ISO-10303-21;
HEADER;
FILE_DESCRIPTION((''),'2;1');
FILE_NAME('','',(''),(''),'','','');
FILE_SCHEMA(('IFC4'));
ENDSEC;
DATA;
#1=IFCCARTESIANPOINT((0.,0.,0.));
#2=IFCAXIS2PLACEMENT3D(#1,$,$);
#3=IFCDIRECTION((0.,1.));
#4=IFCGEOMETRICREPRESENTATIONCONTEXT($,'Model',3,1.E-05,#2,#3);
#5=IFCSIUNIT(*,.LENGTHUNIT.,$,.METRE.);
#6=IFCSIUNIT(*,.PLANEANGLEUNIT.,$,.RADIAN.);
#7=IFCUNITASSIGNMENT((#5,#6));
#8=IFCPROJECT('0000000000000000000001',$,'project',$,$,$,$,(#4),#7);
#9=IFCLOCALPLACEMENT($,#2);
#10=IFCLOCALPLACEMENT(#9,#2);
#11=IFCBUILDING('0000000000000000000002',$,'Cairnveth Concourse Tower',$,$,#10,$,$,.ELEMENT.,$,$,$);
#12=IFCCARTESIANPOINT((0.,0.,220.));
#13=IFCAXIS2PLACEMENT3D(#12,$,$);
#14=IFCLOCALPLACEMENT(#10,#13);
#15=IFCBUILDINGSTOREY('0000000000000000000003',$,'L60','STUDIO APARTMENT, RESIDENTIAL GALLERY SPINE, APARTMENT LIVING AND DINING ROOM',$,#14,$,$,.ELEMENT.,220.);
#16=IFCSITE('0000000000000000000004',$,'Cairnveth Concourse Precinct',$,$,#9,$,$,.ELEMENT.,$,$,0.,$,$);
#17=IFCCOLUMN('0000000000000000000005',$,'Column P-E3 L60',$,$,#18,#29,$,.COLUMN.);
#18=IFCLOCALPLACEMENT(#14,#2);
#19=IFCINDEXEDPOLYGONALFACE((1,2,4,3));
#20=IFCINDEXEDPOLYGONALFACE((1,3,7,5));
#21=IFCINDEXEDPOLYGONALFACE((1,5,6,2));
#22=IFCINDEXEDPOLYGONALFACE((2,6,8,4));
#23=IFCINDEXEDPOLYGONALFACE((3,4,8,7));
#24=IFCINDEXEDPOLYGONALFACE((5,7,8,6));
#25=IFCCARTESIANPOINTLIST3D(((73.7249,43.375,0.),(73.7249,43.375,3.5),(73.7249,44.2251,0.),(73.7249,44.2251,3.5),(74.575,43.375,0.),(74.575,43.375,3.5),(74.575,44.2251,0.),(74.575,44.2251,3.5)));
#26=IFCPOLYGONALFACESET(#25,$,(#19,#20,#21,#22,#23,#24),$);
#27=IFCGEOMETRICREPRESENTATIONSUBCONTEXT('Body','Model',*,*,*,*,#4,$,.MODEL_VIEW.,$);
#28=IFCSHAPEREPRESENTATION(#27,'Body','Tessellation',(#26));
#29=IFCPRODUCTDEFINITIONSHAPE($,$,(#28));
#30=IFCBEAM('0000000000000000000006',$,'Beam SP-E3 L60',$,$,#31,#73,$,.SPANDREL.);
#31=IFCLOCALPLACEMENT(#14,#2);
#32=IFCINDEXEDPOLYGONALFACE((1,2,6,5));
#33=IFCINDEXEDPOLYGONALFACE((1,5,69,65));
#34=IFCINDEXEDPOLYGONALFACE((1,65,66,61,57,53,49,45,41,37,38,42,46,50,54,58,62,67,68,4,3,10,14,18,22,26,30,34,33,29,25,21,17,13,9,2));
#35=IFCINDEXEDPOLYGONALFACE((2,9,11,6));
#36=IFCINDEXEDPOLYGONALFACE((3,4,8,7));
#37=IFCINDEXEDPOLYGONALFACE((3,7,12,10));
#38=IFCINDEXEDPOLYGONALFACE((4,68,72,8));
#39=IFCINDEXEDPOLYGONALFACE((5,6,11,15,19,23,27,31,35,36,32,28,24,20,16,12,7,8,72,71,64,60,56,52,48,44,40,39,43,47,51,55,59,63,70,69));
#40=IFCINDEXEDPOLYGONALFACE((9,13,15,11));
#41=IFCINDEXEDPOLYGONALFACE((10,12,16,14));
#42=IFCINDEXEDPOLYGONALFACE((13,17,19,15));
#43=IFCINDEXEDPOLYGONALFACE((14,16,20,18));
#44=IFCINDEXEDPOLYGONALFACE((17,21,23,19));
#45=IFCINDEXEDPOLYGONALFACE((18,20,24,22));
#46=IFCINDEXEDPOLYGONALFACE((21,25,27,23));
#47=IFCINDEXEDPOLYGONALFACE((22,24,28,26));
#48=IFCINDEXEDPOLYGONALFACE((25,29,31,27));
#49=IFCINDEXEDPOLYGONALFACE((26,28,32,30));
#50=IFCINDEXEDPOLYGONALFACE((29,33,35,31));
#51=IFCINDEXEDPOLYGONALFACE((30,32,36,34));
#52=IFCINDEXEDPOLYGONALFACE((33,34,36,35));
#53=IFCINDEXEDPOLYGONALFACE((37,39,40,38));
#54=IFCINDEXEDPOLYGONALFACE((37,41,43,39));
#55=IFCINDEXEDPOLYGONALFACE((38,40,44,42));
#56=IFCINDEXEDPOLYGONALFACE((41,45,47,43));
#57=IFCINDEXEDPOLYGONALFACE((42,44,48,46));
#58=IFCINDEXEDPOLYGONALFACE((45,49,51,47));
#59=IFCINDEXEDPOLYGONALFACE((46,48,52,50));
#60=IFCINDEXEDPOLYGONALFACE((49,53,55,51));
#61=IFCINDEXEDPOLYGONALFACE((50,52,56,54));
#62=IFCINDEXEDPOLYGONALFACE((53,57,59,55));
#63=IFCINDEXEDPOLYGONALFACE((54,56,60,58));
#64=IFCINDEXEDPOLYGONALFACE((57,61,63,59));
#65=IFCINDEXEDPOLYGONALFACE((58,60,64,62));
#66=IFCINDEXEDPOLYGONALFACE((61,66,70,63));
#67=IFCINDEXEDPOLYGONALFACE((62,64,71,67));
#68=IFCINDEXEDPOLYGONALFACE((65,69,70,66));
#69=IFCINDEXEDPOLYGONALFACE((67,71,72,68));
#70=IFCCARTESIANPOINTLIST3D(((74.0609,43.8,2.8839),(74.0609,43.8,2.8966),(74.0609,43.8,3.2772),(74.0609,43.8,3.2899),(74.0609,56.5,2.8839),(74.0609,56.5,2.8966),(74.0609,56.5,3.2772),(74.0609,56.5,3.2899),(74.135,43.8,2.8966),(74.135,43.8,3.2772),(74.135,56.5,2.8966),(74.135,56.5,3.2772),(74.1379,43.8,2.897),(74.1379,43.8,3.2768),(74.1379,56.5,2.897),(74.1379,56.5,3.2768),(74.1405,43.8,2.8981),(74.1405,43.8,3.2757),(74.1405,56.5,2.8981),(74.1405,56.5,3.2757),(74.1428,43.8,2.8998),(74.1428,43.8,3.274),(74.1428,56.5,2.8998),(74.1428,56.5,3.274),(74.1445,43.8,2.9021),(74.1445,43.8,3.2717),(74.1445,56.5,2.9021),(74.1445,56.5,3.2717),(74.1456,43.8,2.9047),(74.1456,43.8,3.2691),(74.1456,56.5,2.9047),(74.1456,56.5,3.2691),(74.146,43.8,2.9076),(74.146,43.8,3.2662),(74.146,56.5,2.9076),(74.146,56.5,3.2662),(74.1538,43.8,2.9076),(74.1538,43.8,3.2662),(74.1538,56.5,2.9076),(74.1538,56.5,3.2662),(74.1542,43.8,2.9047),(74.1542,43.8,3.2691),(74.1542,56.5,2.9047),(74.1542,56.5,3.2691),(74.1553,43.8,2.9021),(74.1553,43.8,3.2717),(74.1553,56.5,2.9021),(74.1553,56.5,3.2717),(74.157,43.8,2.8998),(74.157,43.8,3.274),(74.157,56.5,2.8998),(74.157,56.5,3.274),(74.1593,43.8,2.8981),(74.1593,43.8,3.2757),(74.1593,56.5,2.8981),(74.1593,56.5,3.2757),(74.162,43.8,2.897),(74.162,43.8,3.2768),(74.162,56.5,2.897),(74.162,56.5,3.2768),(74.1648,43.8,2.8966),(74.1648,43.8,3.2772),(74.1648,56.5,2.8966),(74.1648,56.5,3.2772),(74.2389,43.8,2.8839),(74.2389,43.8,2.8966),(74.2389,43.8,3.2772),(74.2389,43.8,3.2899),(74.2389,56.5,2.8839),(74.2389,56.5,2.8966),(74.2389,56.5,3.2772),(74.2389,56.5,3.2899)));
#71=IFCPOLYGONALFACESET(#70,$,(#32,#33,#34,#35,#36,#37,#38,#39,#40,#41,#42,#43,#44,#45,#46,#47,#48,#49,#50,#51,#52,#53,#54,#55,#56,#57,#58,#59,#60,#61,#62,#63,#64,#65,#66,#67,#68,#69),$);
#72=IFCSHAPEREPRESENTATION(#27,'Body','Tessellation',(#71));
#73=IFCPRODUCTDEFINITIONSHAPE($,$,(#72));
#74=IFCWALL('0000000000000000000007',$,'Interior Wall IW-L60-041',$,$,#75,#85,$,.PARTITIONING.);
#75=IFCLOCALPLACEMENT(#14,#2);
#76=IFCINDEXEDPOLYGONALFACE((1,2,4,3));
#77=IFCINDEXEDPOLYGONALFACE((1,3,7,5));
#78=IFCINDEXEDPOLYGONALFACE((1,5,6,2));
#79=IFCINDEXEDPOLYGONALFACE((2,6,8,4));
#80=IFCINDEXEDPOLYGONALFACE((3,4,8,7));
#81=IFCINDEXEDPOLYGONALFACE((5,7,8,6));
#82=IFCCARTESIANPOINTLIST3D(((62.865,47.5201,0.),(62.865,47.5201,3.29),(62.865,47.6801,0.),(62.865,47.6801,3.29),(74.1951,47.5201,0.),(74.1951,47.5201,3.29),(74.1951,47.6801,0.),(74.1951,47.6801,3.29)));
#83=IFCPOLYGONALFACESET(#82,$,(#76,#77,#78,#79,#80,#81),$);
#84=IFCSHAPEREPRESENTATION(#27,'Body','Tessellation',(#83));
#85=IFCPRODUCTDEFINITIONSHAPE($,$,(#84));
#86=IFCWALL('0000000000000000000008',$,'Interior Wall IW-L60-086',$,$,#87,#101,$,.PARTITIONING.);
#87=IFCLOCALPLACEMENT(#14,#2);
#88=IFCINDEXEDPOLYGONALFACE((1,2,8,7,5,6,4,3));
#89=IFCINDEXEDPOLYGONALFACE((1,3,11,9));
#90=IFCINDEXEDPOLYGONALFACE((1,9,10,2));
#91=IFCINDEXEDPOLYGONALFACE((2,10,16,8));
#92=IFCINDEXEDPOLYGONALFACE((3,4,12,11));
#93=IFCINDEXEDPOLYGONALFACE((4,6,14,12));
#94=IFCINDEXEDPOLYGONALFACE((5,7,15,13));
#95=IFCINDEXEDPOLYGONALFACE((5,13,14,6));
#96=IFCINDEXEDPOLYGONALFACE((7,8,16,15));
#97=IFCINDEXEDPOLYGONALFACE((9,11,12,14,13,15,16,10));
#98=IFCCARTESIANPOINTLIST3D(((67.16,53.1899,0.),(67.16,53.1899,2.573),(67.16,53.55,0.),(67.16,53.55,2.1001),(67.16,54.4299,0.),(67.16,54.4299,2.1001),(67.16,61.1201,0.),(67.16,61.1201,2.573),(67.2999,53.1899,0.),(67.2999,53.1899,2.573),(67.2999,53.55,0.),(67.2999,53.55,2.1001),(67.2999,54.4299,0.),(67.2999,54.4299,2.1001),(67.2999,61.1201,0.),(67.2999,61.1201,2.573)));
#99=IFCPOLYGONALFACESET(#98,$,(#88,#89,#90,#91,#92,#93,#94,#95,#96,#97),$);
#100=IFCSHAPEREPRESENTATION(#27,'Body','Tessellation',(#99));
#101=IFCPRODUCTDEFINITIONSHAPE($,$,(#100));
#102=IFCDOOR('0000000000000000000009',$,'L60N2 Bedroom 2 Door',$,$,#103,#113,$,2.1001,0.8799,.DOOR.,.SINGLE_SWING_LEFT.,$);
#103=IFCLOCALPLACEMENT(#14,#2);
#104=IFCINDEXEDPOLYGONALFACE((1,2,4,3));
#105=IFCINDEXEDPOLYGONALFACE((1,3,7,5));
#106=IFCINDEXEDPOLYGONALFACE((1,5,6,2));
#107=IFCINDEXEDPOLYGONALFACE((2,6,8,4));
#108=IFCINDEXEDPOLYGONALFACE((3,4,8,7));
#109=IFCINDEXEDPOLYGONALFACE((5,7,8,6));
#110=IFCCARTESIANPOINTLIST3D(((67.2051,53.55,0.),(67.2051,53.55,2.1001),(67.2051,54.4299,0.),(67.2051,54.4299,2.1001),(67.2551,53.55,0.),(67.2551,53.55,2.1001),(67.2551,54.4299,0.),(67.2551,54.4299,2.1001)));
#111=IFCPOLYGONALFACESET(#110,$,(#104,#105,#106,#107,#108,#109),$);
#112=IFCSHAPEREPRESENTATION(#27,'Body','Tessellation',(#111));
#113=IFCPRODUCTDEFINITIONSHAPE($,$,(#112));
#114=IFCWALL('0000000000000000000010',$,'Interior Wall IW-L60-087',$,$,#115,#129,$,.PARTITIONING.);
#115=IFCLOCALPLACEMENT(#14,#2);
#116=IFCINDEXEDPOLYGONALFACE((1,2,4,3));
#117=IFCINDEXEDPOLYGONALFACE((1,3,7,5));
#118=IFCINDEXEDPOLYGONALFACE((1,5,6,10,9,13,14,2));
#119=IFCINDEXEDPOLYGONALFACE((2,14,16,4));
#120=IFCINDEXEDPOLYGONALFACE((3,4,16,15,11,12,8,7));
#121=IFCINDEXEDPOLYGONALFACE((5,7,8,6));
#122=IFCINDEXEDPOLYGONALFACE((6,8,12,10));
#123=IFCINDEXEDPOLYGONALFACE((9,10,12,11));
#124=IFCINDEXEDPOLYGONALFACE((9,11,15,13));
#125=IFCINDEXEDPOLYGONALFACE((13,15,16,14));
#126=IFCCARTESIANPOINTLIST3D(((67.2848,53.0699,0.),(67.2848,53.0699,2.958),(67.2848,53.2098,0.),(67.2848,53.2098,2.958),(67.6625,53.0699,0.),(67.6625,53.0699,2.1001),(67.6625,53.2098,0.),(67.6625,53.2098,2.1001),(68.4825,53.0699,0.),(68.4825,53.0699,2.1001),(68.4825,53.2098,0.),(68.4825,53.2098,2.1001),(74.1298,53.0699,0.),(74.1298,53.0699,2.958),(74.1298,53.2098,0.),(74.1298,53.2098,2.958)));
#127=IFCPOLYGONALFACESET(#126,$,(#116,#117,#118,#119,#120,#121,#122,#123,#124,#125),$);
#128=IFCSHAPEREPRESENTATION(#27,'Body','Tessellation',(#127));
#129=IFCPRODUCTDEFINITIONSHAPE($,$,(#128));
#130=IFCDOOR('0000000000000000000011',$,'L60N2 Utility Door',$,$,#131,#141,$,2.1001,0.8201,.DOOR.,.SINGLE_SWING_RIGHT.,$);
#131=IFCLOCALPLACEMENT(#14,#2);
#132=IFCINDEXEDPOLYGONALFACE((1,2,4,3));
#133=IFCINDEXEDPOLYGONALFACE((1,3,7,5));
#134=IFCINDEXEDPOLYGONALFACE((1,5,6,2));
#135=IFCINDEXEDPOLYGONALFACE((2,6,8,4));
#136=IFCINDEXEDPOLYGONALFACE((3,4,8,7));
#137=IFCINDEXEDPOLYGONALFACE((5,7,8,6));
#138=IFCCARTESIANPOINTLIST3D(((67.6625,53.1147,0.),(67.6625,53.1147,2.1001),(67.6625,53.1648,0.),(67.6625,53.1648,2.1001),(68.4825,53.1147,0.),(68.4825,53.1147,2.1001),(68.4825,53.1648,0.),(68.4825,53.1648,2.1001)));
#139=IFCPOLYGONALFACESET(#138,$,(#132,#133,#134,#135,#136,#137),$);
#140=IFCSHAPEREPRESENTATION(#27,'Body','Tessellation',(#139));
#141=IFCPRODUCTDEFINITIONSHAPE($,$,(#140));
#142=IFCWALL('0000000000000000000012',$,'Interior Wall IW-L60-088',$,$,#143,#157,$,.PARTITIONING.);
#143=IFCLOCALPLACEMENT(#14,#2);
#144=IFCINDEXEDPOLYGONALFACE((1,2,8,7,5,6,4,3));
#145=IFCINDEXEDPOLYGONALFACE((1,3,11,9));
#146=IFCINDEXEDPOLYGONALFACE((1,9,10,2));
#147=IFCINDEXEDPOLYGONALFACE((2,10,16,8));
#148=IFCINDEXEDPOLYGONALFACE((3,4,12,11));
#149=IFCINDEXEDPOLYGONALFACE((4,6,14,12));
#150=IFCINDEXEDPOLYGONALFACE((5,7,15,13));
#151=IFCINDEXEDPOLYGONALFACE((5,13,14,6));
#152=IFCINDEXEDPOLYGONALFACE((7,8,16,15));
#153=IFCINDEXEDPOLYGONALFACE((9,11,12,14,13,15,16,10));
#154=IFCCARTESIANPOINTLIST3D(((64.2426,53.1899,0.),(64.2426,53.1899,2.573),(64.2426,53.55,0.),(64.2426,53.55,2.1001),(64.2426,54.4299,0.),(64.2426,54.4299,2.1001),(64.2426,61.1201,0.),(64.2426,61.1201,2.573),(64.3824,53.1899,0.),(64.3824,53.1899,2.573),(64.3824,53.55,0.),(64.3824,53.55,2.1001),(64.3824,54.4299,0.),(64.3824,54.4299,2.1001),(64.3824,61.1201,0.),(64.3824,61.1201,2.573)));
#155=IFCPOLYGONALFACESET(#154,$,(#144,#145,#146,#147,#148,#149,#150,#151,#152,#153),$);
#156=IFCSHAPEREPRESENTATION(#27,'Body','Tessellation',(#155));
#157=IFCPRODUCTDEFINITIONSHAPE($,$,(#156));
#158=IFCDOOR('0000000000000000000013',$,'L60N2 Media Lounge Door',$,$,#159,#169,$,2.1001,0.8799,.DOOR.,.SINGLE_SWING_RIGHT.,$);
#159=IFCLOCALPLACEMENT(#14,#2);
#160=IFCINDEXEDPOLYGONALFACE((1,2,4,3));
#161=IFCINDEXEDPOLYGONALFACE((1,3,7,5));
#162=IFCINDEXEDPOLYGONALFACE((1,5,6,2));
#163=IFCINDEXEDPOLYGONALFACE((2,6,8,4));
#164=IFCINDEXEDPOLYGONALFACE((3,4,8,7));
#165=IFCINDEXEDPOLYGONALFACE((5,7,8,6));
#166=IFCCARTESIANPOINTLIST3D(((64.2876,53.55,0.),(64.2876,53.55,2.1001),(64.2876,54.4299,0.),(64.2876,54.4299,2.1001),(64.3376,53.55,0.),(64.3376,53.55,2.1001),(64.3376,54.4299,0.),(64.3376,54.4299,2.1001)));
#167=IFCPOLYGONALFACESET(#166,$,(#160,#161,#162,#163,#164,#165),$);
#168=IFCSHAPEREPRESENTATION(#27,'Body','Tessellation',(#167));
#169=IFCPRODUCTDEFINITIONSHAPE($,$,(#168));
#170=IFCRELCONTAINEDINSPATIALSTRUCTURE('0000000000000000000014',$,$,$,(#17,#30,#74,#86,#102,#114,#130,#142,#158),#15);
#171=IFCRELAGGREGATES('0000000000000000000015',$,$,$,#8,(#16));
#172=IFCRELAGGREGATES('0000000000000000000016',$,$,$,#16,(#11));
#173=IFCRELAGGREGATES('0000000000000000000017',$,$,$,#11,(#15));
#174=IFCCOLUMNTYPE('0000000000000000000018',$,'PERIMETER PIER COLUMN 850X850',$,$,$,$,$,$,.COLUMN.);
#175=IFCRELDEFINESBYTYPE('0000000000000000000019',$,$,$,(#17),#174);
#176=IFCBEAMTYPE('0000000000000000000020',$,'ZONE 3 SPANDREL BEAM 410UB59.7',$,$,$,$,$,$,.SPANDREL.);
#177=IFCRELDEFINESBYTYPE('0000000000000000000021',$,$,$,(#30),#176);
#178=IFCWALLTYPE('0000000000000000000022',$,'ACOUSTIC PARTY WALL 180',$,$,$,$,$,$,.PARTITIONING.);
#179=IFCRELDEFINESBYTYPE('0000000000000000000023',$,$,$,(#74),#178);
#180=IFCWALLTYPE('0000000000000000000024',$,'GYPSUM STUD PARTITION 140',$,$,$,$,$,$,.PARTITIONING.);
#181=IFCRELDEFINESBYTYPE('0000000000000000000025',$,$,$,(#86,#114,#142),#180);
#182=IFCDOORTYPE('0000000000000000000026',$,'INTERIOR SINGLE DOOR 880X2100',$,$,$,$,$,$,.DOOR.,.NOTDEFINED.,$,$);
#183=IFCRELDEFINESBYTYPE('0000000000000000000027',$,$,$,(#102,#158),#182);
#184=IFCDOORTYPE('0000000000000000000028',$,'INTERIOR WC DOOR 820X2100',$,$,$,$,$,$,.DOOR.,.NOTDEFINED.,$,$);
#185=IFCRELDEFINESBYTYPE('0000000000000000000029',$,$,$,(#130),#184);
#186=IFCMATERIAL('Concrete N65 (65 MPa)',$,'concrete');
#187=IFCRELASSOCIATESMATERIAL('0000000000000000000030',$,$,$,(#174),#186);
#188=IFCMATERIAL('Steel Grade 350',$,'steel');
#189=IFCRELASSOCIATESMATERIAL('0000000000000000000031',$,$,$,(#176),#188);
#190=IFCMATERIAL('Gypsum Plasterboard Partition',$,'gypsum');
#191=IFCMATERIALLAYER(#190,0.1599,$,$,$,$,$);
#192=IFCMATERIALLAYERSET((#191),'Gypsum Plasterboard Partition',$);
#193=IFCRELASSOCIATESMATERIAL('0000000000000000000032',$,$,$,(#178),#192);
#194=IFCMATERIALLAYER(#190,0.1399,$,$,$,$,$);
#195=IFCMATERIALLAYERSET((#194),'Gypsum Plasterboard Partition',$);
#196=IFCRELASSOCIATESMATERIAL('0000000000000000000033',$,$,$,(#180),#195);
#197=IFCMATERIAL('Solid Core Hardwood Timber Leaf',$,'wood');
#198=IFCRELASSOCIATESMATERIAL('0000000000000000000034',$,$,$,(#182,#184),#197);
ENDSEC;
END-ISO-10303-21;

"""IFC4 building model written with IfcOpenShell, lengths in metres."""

from ifc_helpers import new_model, si_unit, direction, frame, frame_2d, origin, origin_2d, place, context, subcontext, project, spatial, rectangle, i_section, extrude, material, layer, layer_set, material_profile, profile_set, type_object, element, fill, save


model = new_model("IFC4")

# Units and contexts
model_context = context("Model", 3, precision=1e-05, world=origin(), true_north=direction((0.0, 1.0)))
body_context = subcontext(model_context, "Body", "Model", "MODEL_VIEW")
ifc_project = project(units=[si_unit("LENGTHUNIT", "METRE"), si_unit("PLANEANGLEUNIT", "RADIAN")], contexts=[model_context])

# Site, building, storey
site_placement = place(None, origin())
site = spatial("IfcSite", under=ifc_project, at=site_placement, Name="Cairnveth Concourse Precinct", CompositionType="ELEMENT", RefElevation=0.0)
building_placement = place(site_placement, origin())
building = spatial("IfcBuilding", under=site, at=building_placement, Name="Cairnveth Concourse Tower", CompositionType="ELEMENT")
storey_placement = place(building_placement, frame((0.0, 0.0, 220.0)))
storey = spatial("IfcBuildingStorey", under=building, at=storey_placement, Name="L60", Description="STUDIO APARTMENT, RESIDENTIAL GALLERY SPINE, APARTMENT LIVING AND DINING ROOM", CompositionType="ELEMENT", Elevation=220.0)

# Column
ifc_material_1 = material(Name="Concrete N65 (65 MPa)", Category="concrete")
ifc_material_profile_1 = material_profile(ifc_material_1, rectangle(XDim=0.8501, YDim=0.8501, at=origin_2d()), Name="RC-COL-850x850")
ifc_profile_set_1 = profile_set([ifc_material_profile_1], Name="Concrete N65 (65 MPa)")
column_type = type_object("IfcColumnType", Name="PERIMETER PIER COLUMN 850X850", PredefinedType="COLUMN", material=ifc_profile_set_1)
column_placement = place(storey_placement, frame((74.1499, 43.8, 0.0), z_axis=(0.0, 0.0, 1.0), x_axis=(0.0, 1.0, 0.0)))
element("IfcColumn", 1, at=column_placement, inside=storey, type_object=column_type, Name="Column P-E3 L60", PredefinedType="COLUMN", context=body_context, shape_type="SweptSolid", body=[
    extrude(rectangle(XDim=0.8501, YDim=0.8501, at=origin_2d()), origin(), (0.0, 0.0, 1.0), 3.5),
])

# Beam
ifc_material_2 = material(Name="Steel Grade 350", Category="steel")
ifc_material_profile_2 = material_profile(ifc_material_2, i_section(OverallWidth=0.178, OverallDepth=0.406, WebThickness=0.0078, FlangeThickness=0.0127, FilletRadius=0.011, at=origin_2d()), Name="410UB59.7")
ifc_profile_set_2 = profile_set([ifc_material_profile_2], Name="Steel Grade 350")
beam_type = type_object("IfcBeamType", Name="ZONE 3 SPANDREL BEAM 410UB59.7", PredefinedType="SPANDREL", material=ifc_profile_set_2)
beam_placement = place(storey_placement, frame((74.1499, 43.8, 3.0869), z_axis=(0.0, 1.0, 0.0), x_axis=(-1.0, 0.0, 0.0)))
element("IfcBeam", 2, at=beam_placement, inside=storey, type_object=beam_type, Name="Beam SP-E3 L60", PredefinedType="SPANDREL", context=body_context, shape_type="SweptSolid", body=[
    extrude(i_section(OverallWidth=0.178, OverallDepth=0.406, WebThickness=0.0078, FlangeThickness=0.0127, FilletRadius=0.011, at=origin_2d()), origin(), (0.0, 0.0, 1.0), 12.7),
])

# Wall
ifc_material_3 = material(Name="Gypsum Plasterboard Partition", Category="gypsum")
ifc_layer_1 = layer(ifc_material_3, 0.1599)
ifc_layer_set_1 = layer_set([ifc_layer_1], Name="Gypsum Plasterboard Partition")
wall_type_1 = type_object("IfcWallType", Name="ACOUSTIC PARTY WALL 180", PredefinedType="PARTITIONING", material=ifc_layer_set_1)
wall_1_placement = place(storey_placement, frame((62.865, 47.6001, 0.0), z_axis=(0.0, 0.0, 1.0), x_axis=(1.0, 0.0, 0.0)))
element("IfcWall", 3, at=wall_1_placement, inside=storey, type_object=wall_type_1, Name="Interior Wall IW-L60-041", PredefinedType="PARTITIONING", context=body_context, shape_type="SweptSolid", body=[
    extrude(rectangle(XDim=11.3301, YDim=0.1599, at=frame_2d((5.665, 0.0))), origin(), (0.0, 0.0, 1.0), 3.29),
])

# Walls, openings, doors
ifc_layer_2 = layer(ifc_material_3, 0.1399)
ifc_layer_set_2 = layer_set([ifc_layer_2], Name="Gypsum Plasterboard Partition")
wall_type_2 = type_object("IfcWallType", Name="GYPSUM STUD PARTITION 140", PredefinedType="PARTITIONING", material=ifc_layer_set_2)
wall_2_placement = place(storey_placement, frame((67.23, 53.1899, 0.0), z_axis=(0.0, 0.0, 1.0), x_axis=(0.0, 1.0, 0.0)))
wall_2 = element("IfcWall", 4, at=wall_2_placement, inside=storey, type_object=wall_type_2, Name="Interior Wall IW-L60-086", PredefinedType="PARTITIONING", context=body_context, shape_type="SweptSolid", body=[
    extrude(rectangle(XDim=7.9302, YDim=0.1399, at=frame_2d((3.9651, 0.0))), origin(), (0.0, 0.0, 1.0), 2.573),
])
opening_1_placement = place(wall_2_placement, frame((0.3601, 0.0, 0.0)))
opening_1 = element("IfcOpeningElement", 5, at=opening_1_placement, cuts=wall_2, PredefinedType="OPENING", context=body_context, shape_type="SweptSolid", body=[
    extrude(rectangle(XDim=0.8799, YDim=2.1001, at=frame_2d((0.4399, 1.05))), frame((0.0, 0.0798, 0.0), z_axis=(0.0, -1.0, 0.0), x_axis=(1.0, 0.0, 0.0)), (0.0, 0.0, 1.0), 0.1599),
])
ifc_material_4 = material(Name="Solid Core Hardwood Timber Leaf", Category="wood")
door_type_1 = type_object("IfcDoorType", Name="INTERIOR SINGLE DOOR 880X2100", OperationType="NOTDEFINED", PredefinedType="DOOR", material=ifc_material_4)
door_1_placement = place(opening_1_placement, origin())
door_1 = element("IfcDoor", 6, at=door_1_placement, inside=storey, type_object=door_type_1, Name="L60N2 Bedroom 2 Door", OperationType="SINGLE_SWING_LEFT", OverallHeight=2.1001, OverallWidth=0.8799, PredefinedType="DOOR", context=body_context, shape_type="SweptSolid", body=[
    extrude(rectangle(XDim=0.8799, YDim=2.1001, at=frame_2d((0.4399, 1.05))), frame((0.0, 0.0249, 0.0), z_axis=(0.0, -1.0, 0.0), x_axis=(1.0, 0.0, 0.0)), (0.0, 0.0, 1.0), 0.05),
])
fill(opening_1, door_1)
wall_3_placement = place(storey_placement, frame((67.2849, 53.1399, 0.0), z_axis=(0.0, 0.0, 1.0), x_axis=(1.0, 0.0, 0.0)))
wall_3 = element("IfcWall", 7, at=wall_3_placement, inside=storey, type_object=wall_type_2, Name="Interior Wall IW-L60-087", PredefinedType="PARTITIONING", context=body_context, shape_type="SweptSolid", body=[
    extrude(rectangle(XDim=6.845, YDim=0.1399, at=frame_2d((3.4224, 0.0))), origin(), (0.0, 0.0, 1.0), 2.958),
])
opening_2_placement = place(wall_3_placement, frame((0.3774, 0.0, 0.0)))
opening_2 = element("IfcOpeningElement", 8, at=opening_2_placement, cuts=wall_3, PredefinedType="OPENING", context=body_context, shape_type="SweptSolid", body=[
    extrude(rectangle(XDim=0.8201, YDim=2.1001, at=frame_2d((0.4102, 1.05))), frame((0.0, 0.0798, 0.0), z_axis=(0.0, -1.0, 0.0), x_axis=(1.0, 0.0, 0.0)), (0.0, 0.0, 1.0), 0.1599),
])
door_type_2 = type_object("IfcDoorType", Name="INTERIOR WC DOOR 820X2100", OperationType="NOTDEFINED", PredefinedType="DOOR", material=ifc_material_4)
door_2_placement = place(opening_2_placement, origin())
door_2 = element("IfcDoor", 9, at=door_2_placement, inside=storey, type_object=door_type_2, Name="L60N2 Utility Door", OperationType="SINGLE_SWING_RIGHT", OverallHeight=2.1001, OverallWidth=0.8201, PredefinedType="DOOR", context=body_context, shape_type="SweptSolid", body=[
    extrude(rectangle(XDim=0.8201, YDim=2.1001, at=frame_2d((0.4102, 1.05))), frame((0.0, 0.0249, 0.0), z_axis=(0.0, -1.0, 0.0), x_axis=(1.0, 0.0, 0.0)), (0.0, 0.0, 1.0), 0.05),
])
fill(opening_2, door_2)
wall_4_placement = place(storey_placement, frame((64.3125, 53.1899, 0.0), z_axis=(0.0, 0.0, 1.0), x_axis=(0.0, 1.0, 0.0)))
wall_4 = element("IfcWall", 10, at=wall_4_placement, inside=storey, type_object=wall_type_2, Name="Interior Wall IW-L60-088", PredefinedType="PARTITIONING", context=body_context, shape_type="SweptSolid", body=[
    extrude(rectangle(XDim=7.9302, YDim=0.1399, at=frame_2d((3.9651, 0.0))), origin(), (0.0, 0.0, 1.0), 2.573),
])
opening_3_placement = place(wall_4_placement, frame((0.3601, 0.0, 0.0)))
opening_3 = element("IfcOpeningElement", 11, at=opening_3_placement, cuts=wall_4, PredefinedType="OPENING", context=body_context, shape_type="SweptSolid", body=[
    extrude(rectangle(XDim=0.8799, YDim=2.1001, at=frame_2d((0.4399, 1.05))), frame((0.0, 0.0798, 0.0), z_axis=(0.0, -1.0, 0.0), x_axis=(1.0, 0.0, 0.0)), (0.0, 0.0, 1.0), 0.1599),
])
door_3_placement = place(opening_3_placement, origin())
door_3 = element("IfcDoor", 12, at=door_3_placement, inside=storey, type_object=door_type_1, Name="L60N2 Media Lounge Door", OperationType="SINGLE_SWING_RIGHT", OverallHeight=2.1001, OverallWidth=0.8799, PredefinedType="DOOR", context=body_context, shape_type="SweptSolid", body=[
    extrude(rectangle(XDim=0.8799, YDim=2.1001, at=frame_2d((0.4399, 1.05))), frame((0.0, 0.0249, 0.0), z_axis=(0.0, -1.0, 0.0), x_axis=(1.0, 0.0, 0.0)), (0.0, 0.0, 1.0), 0.05),
])
fill(opening_3, door_3)

save(model, "model.ifc")
